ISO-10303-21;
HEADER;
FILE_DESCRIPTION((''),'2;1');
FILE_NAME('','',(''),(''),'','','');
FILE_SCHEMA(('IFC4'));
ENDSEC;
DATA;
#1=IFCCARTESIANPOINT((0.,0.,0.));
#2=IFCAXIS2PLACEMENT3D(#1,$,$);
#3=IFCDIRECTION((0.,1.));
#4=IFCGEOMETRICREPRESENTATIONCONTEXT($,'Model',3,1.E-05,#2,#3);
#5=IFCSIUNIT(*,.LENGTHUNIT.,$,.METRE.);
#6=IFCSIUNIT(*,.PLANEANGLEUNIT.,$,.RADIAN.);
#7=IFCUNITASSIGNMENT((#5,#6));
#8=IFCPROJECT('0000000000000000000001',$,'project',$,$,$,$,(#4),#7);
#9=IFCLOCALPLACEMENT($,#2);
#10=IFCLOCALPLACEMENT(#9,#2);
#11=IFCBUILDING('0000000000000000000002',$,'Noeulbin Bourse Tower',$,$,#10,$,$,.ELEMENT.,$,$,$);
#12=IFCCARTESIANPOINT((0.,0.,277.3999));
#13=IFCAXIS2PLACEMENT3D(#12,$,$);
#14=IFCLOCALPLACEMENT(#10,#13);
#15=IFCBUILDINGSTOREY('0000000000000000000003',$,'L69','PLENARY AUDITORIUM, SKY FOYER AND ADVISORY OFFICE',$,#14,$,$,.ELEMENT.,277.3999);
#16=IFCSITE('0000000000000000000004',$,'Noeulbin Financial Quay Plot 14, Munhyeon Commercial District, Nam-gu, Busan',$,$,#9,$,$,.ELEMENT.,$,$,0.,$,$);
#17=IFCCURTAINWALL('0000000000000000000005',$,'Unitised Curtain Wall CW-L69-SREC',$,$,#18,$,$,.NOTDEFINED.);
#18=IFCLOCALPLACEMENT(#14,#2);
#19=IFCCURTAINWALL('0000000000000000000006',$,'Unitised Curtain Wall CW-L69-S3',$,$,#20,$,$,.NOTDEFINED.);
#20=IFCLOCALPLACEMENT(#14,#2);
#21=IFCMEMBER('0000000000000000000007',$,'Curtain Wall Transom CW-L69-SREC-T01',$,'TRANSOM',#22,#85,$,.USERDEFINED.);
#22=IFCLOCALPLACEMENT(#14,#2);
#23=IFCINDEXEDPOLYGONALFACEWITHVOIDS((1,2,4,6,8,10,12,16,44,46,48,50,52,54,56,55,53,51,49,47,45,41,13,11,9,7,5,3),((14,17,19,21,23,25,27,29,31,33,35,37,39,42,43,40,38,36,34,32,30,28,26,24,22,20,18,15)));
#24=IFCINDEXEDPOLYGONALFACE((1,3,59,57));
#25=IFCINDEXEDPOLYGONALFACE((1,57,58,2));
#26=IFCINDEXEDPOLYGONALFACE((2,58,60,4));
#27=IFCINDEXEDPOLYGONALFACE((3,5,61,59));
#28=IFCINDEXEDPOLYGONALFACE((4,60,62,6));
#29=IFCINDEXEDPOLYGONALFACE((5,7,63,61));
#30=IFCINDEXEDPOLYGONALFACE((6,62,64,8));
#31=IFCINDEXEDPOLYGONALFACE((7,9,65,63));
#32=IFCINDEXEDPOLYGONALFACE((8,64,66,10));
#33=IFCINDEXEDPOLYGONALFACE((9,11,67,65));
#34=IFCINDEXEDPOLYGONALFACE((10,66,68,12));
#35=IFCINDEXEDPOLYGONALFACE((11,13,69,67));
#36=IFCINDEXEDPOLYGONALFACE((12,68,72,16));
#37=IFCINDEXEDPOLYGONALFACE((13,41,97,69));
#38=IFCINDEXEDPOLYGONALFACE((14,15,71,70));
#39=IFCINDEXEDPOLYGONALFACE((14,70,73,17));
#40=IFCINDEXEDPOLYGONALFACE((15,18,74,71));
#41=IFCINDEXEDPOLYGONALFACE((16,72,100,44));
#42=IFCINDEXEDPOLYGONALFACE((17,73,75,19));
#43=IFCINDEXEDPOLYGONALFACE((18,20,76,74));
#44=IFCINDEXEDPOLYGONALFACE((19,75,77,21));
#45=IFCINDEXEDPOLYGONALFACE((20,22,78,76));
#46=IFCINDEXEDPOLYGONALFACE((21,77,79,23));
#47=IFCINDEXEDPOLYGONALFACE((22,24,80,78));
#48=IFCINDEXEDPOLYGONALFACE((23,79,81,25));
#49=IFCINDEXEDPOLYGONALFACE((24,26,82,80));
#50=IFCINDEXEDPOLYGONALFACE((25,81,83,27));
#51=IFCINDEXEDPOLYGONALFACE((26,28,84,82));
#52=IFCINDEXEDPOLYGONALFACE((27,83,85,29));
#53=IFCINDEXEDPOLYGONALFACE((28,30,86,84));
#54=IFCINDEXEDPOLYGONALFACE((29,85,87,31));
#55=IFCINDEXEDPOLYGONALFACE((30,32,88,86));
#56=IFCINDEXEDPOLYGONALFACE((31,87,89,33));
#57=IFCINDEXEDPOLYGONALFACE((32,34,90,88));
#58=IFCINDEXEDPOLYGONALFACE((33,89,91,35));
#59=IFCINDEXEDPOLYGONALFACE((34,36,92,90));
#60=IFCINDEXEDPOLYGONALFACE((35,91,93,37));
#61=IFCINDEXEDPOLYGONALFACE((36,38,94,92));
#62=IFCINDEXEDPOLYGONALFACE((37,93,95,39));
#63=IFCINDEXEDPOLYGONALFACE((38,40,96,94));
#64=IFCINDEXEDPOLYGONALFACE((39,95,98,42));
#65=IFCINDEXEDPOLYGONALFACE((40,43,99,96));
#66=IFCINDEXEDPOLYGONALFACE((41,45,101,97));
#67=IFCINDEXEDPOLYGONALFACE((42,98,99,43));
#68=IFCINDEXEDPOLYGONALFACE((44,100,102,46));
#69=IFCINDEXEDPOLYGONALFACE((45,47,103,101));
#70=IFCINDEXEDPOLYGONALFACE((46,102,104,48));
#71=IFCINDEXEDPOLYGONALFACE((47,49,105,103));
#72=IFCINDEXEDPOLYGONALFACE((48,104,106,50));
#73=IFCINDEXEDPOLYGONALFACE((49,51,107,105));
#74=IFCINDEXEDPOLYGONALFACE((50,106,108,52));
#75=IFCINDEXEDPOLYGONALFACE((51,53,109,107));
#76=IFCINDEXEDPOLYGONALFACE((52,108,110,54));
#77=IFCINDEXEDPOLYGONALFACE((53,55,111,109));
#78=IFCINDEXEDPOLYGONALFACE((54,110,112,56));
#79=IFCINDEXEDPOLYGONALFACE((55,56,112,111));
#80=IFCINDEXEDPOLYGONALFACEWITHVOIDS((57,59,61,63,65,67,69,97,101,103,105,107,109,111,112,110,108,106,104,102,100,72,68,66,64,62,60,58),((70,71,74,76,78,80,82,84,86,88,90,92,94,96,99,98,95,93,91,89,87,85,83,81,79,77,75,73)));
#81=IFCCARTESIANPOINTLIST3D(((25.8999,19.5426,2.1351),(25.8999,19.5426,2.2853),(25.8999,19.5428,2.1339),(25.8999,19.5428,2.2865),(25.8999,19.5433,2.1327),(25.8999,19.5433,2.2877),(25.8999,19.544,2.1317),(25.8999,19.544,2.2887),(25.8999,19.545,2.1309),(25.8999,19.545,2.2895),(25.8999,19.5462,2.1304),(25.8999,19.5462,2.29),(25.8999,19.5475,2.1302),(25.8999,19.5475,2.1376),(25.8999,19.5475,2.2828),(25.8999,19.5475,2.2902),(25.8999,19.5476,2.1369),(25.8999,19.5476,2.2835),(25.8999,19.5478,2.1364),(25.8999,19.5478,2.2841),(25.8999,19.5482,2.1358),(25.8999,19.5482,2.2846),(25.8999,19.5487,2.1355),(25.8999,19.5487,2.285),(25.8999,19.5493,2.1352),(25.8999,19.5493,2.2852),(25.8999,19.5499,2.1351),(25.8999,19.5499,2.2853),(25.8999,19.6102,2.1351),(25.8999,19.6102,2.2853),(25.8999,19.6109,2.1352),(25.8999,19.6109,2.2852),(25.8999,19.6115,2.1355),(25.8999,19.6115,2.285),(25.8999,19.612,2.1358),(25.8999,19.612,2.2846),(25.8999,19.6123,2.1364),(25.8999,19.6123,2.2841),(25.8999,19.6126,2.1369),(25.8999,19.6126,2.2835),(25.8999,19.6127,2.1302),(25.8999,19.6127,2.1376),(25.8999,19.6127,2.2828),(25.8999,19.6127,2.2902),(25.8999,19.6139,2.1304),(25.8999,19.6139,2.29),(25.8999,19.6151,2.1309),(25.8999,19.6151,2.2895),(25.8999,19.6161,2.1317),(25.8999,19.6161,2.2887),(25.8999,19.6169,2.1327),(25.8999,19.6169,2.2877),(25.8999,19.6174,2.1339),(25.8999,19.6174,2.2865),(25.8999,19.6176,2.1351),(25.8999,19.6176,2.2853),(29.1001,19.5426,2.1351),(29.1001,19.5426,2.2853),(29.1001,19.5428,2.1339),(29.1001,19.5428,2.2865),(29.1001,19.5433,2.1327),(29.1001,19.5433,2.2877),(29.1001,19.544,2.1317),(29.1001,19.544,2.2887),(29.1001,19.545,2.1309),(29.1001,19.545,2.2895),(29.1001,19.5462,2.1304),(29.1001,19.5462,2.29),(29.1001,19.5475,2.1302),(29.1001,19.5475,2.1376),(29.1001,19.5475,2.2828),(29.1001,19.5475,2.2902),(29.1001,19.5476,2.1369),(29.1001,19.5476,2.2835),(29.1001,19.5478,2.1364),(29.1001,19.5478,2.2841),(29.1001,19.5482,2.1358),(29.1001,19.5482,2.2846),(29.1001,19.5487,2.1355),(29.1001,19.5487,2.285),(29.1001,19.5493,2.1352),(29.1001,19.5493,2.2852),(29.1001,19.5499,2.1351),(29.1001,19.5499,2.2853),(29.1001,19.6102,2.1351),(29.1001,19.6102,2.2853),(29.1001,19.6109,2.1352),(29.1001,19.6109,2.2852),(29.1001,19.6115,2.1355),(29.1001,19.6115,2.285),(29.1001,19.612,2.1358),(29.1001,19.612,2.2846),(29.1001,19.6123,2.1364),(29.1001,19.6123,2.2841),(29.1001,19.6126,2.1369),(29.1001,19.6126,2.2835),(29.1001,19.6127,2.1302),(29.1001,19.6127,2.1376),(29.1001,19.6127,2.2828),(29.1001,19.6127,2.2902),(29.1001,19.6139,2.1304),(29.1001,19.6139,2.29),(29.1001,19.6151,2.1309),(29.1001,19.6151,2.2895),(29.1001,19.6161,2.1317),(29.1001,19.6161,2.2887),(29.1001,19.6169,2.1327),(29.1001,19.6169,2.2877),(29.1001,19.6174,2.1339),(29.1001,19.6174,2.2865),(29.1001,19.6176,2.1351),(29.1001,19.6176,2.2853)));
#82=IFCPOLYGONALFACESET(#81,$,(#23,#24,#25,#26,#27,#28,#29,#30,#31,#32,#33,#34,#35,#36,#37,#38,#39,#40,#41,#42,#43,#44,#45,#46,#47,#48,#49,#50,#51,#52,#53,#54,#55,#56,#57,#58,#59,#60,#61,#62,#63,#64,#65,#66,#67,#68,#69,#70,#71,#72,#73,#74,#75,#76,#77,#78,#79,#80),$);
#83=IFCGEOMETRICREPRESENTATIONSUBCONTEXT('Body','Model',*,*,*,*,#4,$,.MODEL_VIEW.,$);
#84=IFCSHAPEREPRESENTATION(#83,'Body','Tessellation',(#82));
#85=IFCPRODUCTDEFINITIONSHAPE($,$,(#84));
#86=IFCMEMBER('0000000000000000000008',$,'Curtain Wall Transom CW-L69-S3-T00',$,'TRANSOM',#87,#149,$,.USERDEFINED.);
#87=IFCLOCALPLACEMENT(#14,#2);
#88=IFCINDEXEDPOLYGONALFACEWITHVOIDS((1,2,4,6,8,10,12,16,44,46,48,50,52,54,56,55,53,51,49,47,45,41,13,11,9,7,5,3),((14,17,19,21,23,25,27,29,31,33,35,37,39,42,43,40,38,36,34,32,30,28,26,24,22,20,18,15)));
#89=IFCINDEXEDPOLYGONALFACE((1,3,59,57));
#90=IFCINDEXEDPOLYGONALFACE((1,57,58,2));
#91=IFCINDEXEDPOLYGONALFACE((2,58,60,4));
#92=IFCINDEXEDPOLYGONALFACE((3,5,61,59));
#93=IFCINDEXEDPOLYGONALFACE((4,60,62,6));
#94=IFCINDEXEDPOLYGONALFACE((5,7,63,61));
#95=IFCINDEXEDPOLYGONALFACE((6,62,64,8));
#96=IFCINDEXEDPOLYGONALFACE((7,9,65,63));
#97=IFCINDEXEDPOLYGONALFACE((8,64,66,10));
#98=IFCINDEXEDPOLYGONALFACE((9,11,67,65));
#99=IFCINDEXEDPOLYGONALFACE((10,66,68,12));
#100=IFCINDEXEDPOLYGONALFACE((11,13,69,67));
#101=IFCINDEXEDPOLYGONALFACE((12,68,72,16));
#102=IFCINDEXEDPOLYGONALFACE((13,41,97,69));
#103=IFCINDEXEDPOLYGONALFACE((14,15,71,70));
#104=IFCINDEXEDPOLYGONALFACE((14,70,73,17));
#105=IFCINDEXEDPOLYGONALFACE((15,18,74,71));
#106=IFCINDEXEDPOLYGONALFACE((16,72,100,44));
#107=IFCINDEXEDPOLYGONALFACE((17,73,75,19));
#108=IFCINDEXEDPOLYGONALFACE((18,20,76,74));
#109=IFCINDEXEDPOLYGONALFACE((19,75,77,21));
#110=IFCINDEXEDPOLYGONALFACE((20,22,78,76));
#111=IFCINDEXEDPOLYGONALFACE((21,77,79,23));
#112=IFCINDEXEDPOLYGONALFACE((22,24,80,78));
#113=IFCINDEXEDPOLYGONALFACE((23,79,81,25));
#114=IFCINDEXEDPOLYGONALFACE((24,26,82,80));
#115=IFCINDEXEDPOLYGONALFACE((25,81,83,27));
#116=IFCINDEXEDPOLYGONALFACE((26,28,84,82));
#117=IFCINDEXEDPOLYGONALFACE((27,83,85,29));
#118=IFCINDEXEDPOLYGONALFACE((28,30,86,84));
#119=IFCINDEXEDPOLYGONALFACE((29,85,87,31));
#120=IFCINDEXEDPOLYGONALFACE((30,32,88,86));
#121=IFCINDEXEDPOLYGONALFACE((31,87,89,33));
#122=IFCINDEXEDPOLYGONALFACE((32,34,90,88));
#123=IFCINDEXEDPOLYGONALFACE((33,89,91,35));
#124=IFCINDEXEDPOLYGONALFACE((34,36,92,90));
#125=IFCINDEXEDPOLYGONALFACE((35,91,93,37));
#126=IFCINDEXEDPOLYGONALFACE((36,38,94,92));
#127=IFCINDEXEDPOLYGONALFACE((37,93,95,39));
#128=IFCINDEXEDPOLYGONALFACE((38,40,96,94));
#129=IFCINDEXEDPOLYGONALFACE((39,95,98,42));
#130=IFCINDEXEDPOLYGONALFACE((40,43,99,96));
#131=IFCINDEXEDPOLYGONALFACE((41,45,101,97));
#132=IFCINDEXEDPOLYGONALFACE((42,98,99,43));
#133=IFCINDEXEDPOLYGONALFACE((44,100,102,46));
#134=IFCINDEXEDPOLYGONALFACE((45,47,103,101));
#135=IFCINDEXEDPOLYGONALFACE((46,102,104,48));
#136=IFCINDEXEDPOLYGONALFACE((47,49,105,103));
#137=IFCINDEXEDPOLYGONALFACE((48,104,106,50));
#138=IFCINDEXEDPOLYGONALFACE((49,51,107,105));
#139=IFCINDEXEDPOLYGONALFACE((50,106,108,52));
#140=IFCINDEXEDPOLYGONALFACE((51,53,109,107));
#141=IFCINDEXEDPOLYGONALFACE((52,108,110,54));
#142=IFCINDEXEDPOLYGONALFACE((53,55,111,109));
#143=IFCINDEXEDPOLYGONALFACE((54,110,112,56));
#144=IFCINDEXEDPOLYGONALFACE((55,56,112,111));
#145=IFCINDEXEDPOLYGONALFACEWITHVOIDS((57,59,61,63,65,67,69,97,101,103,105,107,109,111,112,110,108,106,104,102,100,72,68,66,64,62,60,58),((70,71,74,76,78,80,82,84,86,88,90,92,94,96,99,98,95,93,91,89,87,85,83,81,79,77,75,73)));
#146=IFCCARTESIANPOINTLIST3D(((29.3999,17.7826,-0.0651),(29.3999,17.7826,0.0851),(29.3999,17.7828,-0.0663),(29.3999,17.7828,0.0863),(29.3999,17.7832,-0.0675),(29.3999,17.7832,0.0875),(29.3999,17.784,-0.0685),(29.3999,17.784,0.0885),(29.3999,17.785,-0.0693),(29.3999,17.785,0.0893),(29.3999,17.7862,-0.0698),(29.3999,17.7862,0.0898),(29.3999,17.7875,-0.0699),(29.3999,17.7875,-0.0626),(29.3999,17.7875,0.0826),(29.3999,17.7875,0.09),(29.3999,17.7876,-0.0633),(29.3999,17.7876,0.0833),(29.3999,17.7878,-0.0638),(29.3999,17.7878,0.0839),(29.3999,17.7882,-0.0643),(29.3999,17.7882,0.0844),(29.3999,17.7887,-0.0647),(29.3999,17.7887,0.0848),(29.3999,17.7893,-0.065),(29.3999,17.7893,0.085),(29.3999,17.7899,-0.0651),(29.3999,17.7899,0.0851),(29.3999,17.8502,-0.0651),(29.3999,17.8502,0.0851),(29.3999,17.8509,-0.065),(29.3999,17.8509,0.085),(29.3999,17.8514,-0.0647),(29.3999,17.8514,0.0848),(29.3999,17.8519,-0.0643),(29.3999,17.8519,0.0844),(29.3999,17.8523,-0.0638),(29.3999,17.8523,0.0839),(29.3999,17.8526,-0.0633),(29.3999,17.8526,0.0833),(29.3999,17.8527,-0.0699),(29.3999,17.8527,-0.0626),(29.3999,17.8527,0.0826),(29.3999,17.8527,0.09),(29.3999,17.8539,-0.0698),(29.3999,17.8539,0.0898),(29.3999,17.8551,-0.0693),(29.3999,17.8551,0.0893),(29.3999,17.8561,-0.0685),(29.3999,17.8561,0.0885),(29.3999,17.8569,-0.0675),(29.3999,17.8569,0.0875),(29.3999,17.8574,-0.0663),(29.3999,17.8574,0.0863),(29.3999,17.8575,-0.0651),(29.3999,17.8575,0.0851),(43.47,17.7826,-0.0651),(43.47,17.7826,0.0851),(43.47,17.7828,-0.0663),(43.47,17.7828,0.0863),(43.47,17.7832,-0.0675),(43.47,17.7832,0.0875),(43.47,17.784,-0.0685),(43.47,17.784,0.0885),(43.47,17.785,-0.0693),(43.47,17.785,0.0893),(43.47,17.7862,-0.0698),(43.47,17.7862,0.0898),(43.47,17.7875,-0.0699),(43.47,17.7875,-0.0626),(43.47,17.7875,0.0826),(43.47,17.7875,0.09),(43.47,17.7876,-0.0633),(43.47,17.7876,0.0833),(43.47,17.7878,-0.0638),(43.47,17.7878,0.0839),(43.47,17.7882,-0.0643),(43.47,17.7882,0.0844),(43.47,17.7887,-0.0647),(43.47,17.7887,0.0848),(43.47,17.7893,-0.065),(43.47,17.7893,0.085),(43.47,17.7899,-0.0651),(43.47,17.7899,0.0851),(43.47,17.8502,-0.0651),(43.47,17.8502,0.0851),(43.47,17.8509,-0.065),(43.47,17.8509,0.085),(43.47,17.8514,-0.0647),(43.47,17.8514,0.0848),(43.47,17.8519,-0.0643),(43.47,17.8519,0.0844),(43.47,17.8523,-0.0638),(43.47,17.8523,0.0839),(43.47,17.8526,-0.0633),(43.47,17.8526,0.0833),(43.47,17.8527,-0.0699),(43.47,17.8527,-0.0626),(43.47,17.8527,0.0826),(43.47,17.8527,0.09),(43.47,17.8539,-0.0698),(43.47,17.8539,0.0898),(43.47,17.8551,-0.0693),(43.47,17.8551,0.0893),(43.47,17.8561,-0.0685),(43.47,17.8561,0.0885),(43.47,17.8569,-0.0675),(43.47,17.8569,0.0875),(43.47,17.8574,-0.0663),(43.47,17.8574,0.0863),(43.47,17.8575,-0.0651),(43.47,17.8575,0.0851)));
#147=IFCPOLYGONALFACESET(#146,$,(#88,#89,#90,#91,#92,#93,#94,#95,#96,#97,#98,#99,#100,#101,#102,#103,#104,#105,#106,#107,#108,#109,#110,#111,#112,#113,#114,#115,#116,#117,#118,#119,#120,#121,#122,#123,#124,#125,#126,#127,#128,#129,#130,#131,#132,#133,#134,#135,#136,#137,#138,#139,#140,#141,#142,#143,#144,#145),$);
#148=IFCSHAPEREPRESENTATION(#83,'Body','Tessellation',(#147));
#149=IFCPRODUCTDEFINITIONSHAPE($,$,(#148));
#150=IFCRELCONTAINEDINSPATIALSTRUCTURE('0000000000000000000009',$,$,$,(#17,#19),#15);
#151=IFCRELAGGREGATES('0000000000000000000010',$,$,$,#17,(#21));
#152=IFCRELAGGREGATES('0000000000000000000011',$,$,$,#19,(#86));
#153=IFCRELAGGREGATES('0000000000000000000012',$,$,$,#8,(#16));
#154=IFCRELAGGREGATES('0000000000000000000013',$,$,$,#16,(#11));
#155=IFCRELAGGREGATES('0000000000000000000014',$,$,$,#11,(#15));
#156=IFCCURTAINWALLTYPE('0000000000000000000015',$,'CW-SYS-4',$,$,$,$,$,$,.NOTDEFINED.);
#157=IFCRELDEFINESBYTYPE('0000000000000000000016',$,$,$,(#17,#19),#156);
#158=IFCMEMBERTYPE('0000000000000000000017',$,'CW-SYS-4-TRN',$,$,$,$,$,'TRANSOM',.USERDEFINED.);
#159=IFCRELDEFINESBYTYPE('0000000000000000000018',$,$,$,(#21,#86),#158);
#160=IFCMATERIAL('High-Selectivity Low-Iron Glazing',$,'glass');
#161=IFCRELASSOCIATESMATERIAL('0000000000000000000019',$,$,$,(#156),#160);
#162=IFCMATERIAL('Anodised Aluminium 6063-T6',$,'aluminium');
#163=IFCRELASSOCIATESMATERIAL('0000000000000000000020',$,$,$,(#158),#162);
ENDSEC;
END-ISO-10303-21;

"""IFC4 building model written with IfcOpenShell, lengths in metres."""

from ifc_helpers import new_model, si_unit, direction, frame, origin, origin_2d, place, context, subcontext, project, spatial, hollow_rectangle, extrude, material, material_profile, profile_set, type_object, element, aggregate, save


model = new_model("IFC4")

# Units and contexts
model_context = context("Model", 3, precision=1e-05, world=origin(), true_north=direction((0.0, 1.0)))
body_context = subcontext(model_context, "Body", "Model", "MODEL_VIEW")
ifc_project = project(units=[si_unit("LENGTHUNIT", "METRE"), si_unit("PLANEANGLEUNIT", "RADIAN")], contexts=[model_context])

# Site, building, storey
site_placement = place(None, origin())
site = spatial("IfcSite", under=ifc_project, at=site_placement, Name="Noeulbin Financial Quay Plot 14, Munhyeon Commercial District, Nam-gu, Busan", CompositionType="ELEMENT", RefElevation=0.0)
building_placement = place(site_placement, origin())
building = spatial("IfcBuilding", under=site, at=building_placement, Name="Noeulbin Bourse Tower", CompositionType="ELEMENT")
storey_placement = place(building_placement, frame((0.0, 0.0, 277.3999)))
storey = spatial("IfcBuildingStorey", under=building, at=storey_placement, Name="L69", Description="PLENARY AUDITORIUM, SKY FOYER AND ADVISORY OFFICE", CompositionType="ELEMENT", Elevation=277.3999)

# Curtain wall
ifc_material_1 = material(Name="High-Selectivity Low-Iron Glazing", Category="glass")
curtain_wall_type = type_object("IfcCurtainWallType", Name="CW-SYS-4", PredefinedType="NOTDEFINED", material=ifc_material_1)
curtain_wall_1_placement = place(storey_placement, origin())
curtain_wall_1 = element("IfcCurtainWall", 1, at=curtain_wall_1_placement, inside=storey, type_object=curtain_wall_type, Name="Unitised Curtain Wall CW-L69-SREC", PredefinedType="NOTDEFINED")
ifc_material_2 = material(Name="Anodised Aluminium 6063-T6", Category="aluminium")

# Curtain wall
curtain_wall_2_placement = place(storey_placement, origin())
curtain_wall_2 = element("IfcCurtainWall", 2, at=curtain_wall_2_placement, inside=storey, type_object=curtain_wall_type, Name="Unitised Curtain Wall CW-L69-S3", PredefinedType="NOTDEFINED")

# Members
ifc_material_profile_1 = material_profile(ifc_material_2, hollow_rectangle(XDim=0.075, YDim=0.1599, WallThickness=0.0049, InnerFilletRadius=0.0024, OuterFilletRadius=0.0049, at=origin_2d()), Name="ALU-TRAN-75x160x5", Category="LoadBearing")
ifc_profile_set_1 = profile_set([ifc_material_profile_1], Name="Anodised Aluminium 6063-T6")
member_type_1 = type_object("IfcMemberType", Name="CW-SYS-4-TRN", ElementType="TRANSOM", PredefinedType="USERDEFINED", material=ifc_profile_set_1)
member_1_placement = place(storey_placement, frame((25.8999, 19.5801, 2.2102), z_axis=(1.0, 0.0, 0.0), x_axis=(0.0, 1.0, 0.0)))
member_1 = element("IfcMember", 3, at=member_1_placement, type_object=member_type_1, Name="Curtain Wall Transom CW-L69-SREC-T01", ObjectType="TRANSOM", PredefinedType="USERDEFINED", context=body_context, shape_type="SweptSolid", body=[
    extrude(hollow_rectangle(XDim=0.075, YDim=0.1599, WallThickness=0.0049, InnerFilletRadius=0.0024, OuterFilletRadius=0.0049, at=origin_2d()), origin(), (0.0, 0.0, 1.0), 3.2002),
])
member_2_placement = place(storey_placement, frame((29.3999, 17.8201, 0.01), z_axis=(1.0, 0.0, 0.0), x_axis=(0.0, 1.0, 0.0)))
member_2 = element("IfcMember", 4, at=member_2_placement, type_object=member_type_1, Name="Curtain Wall Transom CW-L69-S3-T00", ObjectType="TRANSOM", PredefinedType="USERDEFINED", context=body_context, shape_type="SweptSolid", body=[
    extrude(hollow_rectangle(XDim=0.075, YDim=0.1599, WallThickness=0.0049, InnerFilletRadius=0.0024, OuterFilletRadius=0.0049, at=origin_2d()), origin(), (0.0, 0.0, 1.0), 14.0701),
])

aggregate(curtain_wall_1, [member_1])
aggregate(curtain_wall_2, [member_2])

save(model, "model.ifc")
